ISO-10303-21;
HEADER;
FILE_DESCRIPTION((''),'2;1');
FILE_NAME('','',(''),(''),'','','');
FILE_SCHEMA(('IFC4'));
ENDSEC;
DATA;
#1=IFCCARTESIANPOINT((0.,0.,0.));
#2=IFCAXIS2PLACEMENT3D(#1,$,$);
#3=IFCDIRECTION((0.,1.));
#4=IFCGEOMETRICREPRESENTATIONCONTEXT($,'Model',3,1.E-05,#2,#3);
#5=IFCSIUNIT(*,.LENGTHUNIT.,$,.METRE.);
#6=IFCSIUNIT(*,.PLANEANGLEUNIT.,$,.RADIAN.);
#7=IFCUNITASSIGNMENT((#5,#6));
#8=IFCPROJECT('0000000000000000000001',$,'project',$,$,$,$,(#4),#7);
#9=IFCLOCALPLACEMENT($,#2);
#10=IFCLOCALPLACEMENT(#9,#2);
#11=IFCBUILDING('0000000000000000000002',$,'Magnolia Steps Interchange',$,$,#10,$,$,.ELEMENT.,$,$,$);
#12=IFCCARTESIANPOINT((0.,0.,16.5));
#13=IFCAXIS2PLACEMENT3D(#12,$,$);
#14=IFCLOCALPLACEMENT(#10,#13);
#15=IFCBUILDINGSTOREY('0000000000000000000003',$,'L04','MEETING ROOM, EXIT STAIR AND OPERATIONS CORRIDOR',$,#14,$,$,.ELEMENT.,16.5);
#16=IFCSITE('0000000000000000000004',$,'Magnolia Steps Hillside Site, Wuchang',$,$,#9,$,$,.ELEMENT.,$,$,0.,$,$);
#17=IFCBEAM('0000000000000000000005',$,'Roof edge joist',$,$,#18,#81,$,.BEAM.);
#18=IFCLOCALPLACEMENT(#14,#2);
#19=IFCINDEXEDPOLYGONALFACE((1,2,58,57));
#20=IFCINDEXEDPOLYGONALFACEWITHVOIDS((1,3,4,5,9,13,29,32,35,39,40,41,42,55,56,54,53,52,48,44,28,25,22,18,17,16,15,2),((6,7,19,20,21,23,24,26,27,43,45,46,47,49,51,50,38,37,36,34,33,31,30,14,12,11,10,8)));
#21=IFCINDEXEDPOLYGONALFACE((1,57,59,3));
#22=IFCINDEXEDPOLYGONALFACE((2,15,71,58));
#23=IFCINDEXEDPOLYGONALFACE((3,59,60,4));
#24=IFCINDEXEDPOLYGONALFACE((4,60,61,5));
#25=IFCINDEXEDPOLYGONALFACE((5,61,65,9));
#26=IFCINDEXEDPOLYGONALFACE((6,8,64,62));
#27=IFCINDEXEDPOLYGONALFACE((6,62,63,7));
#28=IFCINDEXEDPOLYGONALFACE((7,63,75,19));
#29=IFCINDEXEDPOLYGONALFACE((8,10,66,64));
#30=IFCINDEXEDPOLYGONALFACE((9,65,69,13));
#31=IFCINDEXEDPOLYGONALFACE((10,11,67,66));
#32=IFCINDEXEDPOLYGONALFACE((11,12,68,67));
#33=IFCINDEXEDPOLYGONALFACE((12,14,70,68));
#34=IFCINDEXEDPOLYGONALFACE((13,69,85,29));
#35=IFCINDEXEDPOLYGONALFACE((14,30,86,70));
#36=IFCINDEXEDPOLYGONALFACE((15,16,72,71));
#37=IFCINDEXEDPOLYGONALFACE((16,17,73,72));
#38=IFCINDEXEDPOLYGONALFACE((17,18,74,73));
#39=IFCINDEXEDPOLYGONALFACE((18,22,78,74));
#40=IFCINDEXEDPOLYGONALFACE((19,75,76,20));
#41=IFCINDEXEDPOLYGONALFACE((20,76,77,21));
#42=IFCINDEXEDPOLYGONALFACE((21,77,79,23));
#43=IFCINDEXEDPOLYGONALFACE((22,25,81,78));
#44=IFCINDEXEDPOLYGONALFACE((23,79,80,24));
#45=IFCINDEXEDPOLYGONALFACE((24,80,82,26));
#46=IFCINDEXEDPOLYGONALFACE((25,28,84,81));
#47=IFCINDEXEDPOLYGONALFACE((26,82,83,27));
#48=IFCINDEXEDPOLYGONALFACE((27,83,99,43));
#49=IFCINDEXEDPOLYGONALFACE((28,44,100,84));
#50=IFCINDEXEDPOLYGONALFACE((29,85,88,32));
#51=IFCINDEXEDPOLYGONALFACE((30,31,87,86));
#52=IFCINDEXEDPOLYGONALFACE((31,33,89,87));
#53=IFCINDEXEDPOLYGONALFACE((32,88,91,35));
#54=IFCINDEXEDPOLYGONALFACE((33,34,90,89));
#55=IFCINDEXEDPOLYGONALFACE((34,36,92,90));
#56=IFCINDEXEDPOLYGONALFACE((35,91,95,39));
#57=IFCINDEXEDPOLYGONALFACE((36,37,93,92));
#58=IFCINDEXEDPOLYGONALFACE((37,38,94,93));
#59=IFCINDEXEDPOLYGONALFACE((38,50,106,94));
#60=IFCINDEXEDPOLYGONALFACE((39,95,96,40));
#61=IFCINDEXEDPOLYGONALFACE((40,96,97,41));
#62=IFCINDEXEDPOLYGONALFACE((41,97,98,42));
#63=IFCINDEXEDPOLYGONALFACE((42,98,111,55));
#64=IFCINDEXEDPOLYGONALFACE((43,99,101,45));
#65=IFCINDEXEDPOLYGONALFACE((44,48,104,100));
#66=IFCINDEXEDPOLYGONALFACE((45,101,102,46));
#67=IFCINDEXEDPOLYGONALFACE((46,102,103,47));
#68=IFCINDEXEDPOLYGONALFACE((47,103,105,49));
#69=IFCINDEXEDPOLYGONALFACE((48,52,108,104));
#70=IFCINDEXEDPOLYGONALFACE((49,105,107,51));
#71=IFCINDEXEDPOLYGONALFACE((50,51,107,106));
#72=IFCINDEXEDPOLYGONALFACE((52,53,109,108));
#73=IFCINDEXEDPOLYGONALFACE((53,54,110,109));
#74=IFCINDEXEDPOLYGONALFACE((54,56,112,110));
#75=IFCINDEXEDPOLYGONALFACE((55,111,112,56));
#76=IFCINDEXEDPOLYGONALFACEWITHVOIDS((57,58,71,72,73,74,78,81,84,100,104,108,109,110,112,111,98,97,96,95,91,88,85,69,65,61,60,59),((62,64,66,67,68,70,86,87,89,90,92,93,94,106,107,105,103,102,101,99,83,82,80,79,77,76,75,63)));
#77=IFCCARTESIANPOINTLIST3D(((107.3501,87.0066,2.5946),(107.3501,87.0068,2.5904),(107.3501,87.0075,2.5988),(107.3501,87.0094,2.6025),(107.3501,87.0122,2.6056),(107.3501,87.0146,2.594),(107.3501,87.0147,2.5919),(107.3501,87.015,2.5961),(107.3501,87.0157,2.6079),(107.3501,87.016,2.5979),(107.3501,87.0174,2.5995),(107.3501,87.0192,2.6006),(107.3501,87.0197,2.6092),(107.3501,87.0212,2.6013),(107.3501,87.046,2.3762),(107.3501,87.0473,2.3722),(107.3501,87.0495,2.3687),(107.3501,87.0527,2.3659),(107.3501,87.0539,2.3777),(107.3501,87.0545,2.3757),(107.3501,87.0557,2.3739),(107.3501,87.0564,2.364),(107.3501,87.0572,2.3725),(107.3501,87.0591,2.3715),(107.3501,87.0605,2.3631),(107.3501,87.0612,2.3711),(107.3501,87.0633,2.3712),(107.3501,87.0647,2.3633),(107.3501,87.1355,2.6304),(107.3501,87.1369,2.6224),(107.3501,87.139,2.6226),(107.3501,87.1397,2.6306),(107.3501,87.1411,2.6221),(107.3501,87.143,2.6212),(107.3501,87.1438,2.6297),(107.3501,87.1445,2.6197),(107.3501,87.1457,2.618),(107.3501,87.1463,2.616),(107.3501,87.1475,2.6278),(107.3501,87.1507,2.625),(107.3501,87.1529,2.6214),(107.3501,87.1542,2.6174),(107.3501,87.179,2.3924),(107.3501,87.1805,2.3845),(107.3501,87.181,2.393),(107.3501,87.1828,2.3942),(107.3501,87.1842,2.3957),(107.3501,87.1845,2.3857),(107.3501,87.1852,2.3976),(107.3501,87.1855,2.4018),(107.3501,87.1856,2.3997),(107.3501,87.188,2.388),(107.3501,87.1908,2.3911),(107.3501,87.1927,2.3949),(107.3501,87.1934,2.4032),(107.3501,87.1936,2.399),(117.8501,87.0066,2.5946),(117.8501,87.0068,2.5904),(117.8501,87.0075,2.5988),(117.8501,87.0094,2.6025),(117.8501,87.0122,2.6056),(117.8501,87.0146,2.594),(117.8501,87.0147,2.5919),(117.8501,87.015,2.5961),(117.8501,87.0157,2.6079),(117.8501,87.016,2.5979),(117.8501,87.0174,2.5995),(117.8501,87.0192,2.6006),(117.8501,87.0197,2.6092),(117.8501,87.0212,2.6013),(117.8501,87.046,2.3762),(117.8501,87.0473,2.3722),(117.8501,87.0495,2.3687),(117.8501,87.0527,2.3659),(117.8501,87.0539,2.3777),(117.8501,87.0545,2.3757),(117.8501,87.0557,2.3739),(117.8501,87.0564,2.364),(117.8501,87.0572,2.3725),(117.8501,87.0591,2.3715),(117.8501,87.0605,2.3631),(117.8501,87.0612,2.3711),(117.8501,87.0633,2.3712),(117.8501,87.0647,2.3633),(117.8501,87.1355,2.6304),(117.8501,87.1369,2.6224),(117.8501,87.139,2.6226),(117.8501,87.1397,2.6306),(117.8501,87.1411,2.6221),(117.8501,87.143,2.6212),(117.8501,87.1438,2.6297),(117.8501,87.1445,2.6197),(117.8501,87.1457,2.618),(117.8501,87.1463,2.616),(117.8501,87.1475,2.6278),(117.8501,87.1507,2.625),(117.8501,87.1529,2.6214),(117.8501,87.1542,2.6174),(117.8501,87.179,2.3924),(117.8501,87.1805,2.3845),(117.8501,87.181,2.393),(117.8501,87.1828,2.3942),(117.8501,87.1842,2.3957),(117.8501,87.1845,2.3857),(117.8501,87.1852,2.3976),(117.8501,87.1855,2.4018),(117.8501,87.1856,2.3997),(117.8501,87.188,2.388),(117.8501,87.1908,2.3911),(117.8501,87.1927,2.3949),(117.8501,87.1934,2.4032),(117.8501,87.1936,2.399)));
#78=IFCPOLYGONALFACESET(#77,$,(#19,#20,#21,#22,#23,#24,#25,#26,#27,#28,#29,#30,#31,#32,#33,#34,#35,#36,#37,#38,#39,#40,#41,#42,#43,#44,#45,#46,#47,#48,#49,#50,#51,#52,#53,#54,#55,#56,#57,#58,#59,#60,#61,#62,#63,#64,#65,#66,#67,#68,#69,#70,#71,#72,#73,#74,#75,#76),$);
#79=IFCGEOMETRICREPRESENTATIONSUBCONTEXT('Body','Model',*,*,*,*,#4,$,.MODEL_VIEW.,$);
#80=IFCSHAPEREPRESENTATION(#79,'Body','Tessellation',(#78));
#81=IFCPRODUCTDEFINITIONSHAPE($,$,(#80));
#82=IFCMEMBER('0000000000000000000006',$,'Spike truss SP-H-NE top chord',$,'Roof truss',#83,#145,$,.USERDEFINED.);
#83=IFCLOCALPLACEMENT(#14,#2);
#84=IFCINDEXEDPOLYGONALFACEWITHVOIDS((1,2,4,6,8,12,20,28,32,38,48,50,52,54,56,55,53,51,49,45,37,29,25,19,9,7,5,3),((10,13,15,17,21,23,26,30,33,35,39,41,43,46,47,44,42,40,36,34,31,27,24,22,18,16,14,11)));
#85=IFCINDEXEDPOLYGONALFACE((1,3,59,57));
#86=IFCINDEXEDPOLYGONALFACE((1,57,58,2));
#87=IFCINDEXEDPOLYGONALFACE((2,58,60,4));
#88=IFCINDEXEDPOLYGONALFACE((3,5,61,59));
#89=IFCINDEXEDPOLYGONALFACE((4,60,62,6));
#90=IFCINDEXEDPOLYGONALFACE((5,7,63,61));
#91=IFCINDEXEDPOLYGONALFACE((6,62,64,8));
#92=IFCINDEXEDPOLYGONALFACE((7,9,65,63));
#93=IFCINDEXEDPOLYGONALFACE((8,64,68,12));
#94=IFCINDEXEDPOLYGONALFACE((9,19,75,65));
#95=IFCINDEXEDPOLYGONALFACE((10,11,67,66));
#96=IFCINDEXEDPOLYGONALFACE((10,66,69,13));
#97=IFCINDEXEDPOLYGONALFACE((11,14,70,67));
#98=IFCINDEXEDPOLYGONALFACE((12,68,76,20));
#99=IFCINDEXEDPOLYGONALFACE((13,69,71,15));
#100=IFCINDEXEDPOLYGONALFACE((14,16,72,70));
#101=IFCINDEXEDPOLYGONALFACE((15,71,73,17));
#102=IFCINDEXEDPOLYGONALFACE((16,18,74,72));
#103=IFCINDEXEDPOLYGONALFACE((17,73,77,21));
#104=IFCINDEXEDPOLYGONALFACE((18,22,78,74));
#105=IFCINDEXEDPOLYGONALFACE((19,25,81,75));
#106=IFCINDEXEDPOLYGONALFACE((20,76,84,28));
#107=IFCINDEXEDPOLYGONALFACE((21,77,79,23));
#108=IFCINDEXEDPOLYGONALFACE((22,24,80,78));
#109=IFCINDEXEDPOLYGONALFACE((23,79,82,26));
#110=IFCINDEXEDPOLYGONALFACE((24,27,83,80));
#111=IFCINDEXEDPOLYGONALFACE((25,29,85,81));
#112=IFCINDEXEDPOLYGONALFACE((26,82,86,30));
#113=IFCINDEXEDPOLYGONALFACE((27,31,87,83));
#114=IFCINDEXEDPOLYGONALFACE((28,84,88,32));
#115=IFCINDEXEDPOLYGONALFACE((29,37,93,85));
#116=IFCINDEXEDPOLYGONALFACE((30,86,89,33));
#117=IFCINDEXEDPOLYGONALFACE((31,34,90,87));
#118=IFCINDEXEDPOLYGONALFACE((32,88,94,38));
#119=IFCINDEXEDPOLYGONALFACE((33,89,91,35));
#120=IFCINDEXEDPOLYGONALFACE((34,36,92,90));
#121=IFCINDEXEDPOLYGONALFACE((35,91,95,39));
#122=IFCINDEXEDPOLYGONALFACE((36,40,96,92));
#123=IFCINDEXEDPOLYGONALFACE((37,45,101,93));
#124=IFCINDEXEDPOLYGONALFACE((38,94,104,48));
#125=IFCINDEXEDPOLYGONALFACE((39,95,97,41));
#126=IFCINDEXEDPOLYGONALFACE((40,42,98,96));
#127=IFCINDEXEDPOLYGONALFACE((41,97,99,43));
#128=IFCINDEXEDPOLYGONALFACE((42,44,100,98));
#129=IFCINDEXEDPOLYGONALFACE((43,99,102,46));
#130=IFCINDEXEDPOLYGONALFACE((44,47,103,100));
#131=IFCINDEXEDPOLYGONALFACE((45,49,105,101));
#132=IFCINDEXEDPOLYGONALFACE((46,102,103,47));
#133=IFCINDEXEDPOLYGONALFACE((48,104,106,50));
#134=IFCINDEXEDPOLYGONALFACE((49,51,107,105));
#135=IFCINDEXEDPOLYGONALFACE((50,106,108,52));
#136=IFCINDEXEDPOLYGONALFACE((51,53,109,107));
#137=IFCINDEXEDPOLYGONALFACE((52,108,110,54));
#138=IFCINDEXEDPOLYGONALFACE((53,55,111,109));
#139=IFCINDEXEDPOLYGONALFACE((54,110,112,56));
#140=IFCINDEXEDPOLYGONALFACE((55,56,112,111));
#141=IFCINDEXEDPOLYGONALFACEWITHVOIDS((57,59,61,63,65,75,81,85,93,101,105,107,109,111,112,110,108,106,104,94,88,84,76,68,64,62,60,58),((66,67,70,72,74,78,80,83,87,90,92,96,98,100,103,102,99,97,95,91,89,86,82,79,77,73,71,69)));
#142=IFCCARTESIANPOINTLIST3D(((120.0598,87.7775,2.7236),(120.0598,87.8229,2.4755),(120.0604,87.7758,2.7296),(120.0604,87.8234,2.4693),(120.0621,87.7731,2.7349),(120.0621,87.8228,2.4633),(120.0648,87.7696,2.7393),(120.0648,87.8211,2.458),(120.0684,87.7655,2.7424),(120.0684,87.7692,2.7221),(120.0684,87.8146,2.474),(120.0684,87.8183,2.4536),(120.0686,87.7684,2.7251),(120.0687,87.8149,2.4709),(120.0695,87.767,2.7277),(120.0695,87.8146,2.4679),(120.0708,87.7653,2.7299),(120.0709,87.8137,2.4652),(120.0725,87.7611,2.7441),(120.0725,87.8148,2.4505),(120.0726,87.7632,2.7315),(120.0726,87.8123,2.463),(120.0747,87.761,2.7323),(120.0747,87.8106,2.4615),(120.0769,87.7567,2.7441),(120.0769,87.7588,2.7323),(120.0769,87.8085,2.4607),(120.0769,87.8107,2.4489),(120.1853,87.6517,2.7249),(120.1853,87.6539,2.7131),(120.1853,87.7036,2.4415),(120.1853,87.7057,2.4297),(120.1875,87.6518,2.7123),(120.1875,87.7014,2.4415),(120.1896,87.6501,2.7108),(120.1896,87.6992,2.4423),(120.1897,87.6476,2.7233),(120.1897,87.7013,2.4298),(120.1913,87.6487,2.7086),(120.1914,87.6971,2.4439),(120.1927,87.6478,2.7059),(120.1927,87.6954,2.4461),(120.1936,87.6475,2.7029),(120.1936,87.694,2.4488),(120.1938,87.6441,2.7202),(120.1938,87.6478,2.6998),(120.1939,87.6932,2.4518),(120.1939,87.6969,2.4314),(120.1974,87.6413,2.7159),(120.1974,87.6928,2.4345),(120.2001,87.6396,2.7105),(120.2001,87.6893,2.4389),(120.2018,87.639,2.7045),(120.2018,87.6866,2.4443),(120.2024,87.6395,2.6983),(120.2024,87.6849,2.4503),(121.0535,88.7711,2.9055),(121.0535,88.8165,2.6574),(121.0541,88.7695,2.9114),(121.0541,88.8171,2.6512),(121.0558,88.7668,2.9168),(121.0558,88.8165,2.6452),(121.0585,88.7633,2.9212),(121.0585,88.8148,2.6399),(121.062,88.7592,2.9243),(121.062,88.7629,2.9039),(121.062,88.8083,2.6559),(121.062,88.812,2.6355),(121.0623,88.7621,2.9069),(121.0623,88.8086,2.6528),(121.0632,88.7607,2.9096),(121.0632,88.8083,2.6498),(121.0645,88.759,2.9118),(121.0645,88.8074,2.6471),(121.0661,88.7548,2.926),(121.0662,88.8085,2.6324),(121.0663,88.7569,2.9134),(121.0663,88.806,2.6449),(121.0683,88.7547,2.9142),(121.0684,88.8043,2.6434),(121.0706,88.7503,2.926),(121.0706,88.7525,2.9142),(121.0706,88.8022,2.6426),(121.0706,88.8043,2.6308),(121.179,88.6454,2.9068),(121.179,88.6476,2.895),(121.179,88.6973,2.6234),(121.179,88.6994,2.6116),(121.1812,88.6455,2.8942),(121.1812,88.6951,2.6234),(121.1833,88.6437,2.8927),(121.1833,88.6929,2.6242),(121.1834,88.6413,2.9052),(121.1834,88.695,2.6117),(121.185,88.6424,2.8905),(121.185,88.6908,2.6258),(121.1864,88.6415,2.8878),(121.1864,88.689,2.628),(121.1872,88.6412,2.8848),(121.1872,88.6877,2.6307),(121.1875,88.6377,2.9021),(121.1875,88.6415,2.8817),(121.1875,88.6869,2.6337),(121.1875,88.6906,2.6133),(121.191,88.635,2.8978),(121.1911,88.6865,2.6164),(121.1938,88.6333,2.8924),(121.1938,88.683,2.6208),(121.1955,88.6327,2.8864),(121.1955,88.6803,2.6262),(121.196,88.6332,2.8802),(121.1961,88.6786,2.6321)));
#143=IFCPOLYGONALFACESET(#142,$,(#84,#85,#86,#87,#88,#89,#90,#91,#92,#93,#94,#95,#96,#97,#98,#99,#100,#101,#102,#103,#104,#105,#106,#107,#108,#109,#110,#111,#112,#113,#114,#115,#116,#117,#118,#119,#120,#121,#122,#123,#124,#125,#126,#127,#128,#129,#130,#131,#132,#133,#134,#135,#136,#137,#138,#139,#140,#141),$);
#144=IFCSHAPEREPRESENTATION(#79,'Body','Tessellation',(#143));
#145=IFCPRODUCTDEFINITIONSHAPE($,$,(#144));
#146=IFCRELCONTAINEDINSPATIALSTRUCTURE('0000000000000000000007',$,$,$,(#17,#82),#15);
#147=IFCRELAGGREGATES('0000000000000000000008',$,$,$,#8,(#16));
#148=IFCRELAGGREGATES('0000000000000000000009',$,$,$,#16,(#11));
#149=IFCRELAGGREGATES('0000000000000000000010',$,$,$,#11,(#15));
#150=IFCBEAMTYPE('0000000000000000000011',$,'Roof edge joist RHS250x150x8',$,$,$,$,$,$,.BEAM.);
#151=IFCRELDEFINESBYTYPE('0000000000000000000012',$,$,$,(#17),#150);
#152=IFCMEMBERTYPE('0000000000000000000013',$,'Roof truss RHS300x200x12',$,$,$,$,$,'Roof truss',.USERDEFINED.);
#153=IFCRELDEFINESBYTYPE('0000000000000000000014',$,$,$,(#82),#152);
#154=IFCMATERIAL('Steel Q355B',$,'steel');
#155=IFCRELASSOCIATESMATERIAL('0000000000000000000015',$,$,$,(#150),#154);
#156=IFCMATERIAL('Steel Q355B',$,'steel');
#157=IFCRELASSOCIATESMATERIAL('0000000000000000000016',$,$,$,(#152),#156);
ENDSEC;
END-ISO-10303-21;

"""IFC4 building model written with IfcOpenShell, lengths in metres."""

from ifc_helpers import new_model, si_unit, direction, frame, origin, origin_2d, place, context, subcontext, project, spatial, hollow_rectangle, extrude, material, material_profile, profile_set, type_object, element, save


model = new_model("IFC4")

# Units and contexts
model_context = context("Model", 3, precision=1e-05, world=origin(), true_north=direction((0.0, 1.0)))
body_context = subcontext(model_context, "Body", "Model", "MODEL_VIEW")
ifc_project = project(units=[si_unit("LENGTHUNIT", "METRE"), si_unit("PLANEANGLEUNIT", "RADIAN")], contexts=[model_context])

# Site, building, storey
site_placement = place(None, origin())
site = spatial("IfcSite", under=ifc_project, at=site_placement, Name="Magnolia Steps Hillside Site, Wuchang", CompositionType="ELEMENT", RefElevation=0.0)
building_placement = place(site_placement, origin())
building = spatial("IfcBuilding", under=site, at=building_placement, Name="Magnolia Steps Interchange", CompositionType="ELEMENT")
storey_placement = place(building_placement, frame((0.0, 0.0, 16.5)))
storey = spatial("IfcBuildingStorey", under=building, at=storey_placement, Name="L04", Description="MEETING ROOM, EXIT STAIR AND OPERATIONS CORRIDOR", CompositionType="ELEMENT", Elevation=16.5)

# Beam
ifc_material_1 = material(Name="Steel Q355B", Category="steel")
ifc_material_profile_1 = material_profile(ifc_material_1, hollow_rectangle(XDim=0.1499, YDim=0.25, WallThickness=0.0081, InnerFilletRadius=0.0081, OuterFilletRadius=0.0161, at=origin_2d()), Name="RHS250x150x8")
ifc_profile_set_1 = profile_set([ifc_material_profile_1], Name="Steel Q355B")
beam_type_1 = type_object("IfcBeamType", Name="Roof edge joist RHS250x150x8", PredefinedType="BEAM", material=ifc_profile_set_1)
beam_1_placement = place(storey_placement, frame((107.3501, 87.1001, 2.4968), z_axis=(1.0, 0.0, 0.0), x_axis=(0.0, 0.983677, 0.179941)))
element("IfcBeam", 1, at=beam_1_placement, inside=storey, type_object=beam_type_1, Name="Roof edge joist", PredefinedType="BEAM", context=body_context, shape_type="SweptSolid", body=[
    extrude(hollow_rectangle(XDim=0.1499, YDim=0.25, WallThickness=0.0081, InnerFilletRadius=0.0081, OuterFilletRadius=0.0161, at=origin_2d()), origin(), (0.0, 0.0, 1.0), 10.5),
])

# Member
ifc_material_2 = material(Name="Steel Q355B", Category="steel")
ifc_material_profile_2 = material_profile(ifc_material_2, hollow_rectangle(XDim=0.2, YDim=0.3, WallThickness=0.012, InnerFilletRadius=0.012, OuterFilletRadius=0.0239, at=origin_2d()), Name="RHS300x200x12")
ifc_profile_set_2 = profile_set([ifc_material_profile_2], Name="Steel Q355B")
member_type_1 = type_object("IfcMemberType", Name="Roof truss RHS300x200x12", ElementType="Roof truss", PredefinedType="USERDEFINED", material=ifc_profile_set_2)
for number, where, z_axis, x_axis, name in (
    (2, (120.1311, 87.7312, 2.5869), (0.701257, 0.701257, 0.128363), (-0.712908, 0.689811, 0.126185), "Spike truss SP-H-NE top chord"),
):
    element("IfcMember", number, at=place(storey_placement, frame(where, z_axis=z_axis, x_axis=x_axis)), inside=storey, type_object=member_type_1, Name=name, ObjectType="Roof truss", PredefinedType="USERDEFINED", context=body_context, shape_type="SweptSolid", body=[
        extrude(hollow_rectangle(XDim=0.2, YDim=0.3, WallThickness=0.012, InnerFilletRadius=0.012, OuterFilletRadius=0.0239, at=origin_2d()), origin(), (0.0, 0.0, 1.0), 1.417),
    ])

save(model, "model.ifc")
